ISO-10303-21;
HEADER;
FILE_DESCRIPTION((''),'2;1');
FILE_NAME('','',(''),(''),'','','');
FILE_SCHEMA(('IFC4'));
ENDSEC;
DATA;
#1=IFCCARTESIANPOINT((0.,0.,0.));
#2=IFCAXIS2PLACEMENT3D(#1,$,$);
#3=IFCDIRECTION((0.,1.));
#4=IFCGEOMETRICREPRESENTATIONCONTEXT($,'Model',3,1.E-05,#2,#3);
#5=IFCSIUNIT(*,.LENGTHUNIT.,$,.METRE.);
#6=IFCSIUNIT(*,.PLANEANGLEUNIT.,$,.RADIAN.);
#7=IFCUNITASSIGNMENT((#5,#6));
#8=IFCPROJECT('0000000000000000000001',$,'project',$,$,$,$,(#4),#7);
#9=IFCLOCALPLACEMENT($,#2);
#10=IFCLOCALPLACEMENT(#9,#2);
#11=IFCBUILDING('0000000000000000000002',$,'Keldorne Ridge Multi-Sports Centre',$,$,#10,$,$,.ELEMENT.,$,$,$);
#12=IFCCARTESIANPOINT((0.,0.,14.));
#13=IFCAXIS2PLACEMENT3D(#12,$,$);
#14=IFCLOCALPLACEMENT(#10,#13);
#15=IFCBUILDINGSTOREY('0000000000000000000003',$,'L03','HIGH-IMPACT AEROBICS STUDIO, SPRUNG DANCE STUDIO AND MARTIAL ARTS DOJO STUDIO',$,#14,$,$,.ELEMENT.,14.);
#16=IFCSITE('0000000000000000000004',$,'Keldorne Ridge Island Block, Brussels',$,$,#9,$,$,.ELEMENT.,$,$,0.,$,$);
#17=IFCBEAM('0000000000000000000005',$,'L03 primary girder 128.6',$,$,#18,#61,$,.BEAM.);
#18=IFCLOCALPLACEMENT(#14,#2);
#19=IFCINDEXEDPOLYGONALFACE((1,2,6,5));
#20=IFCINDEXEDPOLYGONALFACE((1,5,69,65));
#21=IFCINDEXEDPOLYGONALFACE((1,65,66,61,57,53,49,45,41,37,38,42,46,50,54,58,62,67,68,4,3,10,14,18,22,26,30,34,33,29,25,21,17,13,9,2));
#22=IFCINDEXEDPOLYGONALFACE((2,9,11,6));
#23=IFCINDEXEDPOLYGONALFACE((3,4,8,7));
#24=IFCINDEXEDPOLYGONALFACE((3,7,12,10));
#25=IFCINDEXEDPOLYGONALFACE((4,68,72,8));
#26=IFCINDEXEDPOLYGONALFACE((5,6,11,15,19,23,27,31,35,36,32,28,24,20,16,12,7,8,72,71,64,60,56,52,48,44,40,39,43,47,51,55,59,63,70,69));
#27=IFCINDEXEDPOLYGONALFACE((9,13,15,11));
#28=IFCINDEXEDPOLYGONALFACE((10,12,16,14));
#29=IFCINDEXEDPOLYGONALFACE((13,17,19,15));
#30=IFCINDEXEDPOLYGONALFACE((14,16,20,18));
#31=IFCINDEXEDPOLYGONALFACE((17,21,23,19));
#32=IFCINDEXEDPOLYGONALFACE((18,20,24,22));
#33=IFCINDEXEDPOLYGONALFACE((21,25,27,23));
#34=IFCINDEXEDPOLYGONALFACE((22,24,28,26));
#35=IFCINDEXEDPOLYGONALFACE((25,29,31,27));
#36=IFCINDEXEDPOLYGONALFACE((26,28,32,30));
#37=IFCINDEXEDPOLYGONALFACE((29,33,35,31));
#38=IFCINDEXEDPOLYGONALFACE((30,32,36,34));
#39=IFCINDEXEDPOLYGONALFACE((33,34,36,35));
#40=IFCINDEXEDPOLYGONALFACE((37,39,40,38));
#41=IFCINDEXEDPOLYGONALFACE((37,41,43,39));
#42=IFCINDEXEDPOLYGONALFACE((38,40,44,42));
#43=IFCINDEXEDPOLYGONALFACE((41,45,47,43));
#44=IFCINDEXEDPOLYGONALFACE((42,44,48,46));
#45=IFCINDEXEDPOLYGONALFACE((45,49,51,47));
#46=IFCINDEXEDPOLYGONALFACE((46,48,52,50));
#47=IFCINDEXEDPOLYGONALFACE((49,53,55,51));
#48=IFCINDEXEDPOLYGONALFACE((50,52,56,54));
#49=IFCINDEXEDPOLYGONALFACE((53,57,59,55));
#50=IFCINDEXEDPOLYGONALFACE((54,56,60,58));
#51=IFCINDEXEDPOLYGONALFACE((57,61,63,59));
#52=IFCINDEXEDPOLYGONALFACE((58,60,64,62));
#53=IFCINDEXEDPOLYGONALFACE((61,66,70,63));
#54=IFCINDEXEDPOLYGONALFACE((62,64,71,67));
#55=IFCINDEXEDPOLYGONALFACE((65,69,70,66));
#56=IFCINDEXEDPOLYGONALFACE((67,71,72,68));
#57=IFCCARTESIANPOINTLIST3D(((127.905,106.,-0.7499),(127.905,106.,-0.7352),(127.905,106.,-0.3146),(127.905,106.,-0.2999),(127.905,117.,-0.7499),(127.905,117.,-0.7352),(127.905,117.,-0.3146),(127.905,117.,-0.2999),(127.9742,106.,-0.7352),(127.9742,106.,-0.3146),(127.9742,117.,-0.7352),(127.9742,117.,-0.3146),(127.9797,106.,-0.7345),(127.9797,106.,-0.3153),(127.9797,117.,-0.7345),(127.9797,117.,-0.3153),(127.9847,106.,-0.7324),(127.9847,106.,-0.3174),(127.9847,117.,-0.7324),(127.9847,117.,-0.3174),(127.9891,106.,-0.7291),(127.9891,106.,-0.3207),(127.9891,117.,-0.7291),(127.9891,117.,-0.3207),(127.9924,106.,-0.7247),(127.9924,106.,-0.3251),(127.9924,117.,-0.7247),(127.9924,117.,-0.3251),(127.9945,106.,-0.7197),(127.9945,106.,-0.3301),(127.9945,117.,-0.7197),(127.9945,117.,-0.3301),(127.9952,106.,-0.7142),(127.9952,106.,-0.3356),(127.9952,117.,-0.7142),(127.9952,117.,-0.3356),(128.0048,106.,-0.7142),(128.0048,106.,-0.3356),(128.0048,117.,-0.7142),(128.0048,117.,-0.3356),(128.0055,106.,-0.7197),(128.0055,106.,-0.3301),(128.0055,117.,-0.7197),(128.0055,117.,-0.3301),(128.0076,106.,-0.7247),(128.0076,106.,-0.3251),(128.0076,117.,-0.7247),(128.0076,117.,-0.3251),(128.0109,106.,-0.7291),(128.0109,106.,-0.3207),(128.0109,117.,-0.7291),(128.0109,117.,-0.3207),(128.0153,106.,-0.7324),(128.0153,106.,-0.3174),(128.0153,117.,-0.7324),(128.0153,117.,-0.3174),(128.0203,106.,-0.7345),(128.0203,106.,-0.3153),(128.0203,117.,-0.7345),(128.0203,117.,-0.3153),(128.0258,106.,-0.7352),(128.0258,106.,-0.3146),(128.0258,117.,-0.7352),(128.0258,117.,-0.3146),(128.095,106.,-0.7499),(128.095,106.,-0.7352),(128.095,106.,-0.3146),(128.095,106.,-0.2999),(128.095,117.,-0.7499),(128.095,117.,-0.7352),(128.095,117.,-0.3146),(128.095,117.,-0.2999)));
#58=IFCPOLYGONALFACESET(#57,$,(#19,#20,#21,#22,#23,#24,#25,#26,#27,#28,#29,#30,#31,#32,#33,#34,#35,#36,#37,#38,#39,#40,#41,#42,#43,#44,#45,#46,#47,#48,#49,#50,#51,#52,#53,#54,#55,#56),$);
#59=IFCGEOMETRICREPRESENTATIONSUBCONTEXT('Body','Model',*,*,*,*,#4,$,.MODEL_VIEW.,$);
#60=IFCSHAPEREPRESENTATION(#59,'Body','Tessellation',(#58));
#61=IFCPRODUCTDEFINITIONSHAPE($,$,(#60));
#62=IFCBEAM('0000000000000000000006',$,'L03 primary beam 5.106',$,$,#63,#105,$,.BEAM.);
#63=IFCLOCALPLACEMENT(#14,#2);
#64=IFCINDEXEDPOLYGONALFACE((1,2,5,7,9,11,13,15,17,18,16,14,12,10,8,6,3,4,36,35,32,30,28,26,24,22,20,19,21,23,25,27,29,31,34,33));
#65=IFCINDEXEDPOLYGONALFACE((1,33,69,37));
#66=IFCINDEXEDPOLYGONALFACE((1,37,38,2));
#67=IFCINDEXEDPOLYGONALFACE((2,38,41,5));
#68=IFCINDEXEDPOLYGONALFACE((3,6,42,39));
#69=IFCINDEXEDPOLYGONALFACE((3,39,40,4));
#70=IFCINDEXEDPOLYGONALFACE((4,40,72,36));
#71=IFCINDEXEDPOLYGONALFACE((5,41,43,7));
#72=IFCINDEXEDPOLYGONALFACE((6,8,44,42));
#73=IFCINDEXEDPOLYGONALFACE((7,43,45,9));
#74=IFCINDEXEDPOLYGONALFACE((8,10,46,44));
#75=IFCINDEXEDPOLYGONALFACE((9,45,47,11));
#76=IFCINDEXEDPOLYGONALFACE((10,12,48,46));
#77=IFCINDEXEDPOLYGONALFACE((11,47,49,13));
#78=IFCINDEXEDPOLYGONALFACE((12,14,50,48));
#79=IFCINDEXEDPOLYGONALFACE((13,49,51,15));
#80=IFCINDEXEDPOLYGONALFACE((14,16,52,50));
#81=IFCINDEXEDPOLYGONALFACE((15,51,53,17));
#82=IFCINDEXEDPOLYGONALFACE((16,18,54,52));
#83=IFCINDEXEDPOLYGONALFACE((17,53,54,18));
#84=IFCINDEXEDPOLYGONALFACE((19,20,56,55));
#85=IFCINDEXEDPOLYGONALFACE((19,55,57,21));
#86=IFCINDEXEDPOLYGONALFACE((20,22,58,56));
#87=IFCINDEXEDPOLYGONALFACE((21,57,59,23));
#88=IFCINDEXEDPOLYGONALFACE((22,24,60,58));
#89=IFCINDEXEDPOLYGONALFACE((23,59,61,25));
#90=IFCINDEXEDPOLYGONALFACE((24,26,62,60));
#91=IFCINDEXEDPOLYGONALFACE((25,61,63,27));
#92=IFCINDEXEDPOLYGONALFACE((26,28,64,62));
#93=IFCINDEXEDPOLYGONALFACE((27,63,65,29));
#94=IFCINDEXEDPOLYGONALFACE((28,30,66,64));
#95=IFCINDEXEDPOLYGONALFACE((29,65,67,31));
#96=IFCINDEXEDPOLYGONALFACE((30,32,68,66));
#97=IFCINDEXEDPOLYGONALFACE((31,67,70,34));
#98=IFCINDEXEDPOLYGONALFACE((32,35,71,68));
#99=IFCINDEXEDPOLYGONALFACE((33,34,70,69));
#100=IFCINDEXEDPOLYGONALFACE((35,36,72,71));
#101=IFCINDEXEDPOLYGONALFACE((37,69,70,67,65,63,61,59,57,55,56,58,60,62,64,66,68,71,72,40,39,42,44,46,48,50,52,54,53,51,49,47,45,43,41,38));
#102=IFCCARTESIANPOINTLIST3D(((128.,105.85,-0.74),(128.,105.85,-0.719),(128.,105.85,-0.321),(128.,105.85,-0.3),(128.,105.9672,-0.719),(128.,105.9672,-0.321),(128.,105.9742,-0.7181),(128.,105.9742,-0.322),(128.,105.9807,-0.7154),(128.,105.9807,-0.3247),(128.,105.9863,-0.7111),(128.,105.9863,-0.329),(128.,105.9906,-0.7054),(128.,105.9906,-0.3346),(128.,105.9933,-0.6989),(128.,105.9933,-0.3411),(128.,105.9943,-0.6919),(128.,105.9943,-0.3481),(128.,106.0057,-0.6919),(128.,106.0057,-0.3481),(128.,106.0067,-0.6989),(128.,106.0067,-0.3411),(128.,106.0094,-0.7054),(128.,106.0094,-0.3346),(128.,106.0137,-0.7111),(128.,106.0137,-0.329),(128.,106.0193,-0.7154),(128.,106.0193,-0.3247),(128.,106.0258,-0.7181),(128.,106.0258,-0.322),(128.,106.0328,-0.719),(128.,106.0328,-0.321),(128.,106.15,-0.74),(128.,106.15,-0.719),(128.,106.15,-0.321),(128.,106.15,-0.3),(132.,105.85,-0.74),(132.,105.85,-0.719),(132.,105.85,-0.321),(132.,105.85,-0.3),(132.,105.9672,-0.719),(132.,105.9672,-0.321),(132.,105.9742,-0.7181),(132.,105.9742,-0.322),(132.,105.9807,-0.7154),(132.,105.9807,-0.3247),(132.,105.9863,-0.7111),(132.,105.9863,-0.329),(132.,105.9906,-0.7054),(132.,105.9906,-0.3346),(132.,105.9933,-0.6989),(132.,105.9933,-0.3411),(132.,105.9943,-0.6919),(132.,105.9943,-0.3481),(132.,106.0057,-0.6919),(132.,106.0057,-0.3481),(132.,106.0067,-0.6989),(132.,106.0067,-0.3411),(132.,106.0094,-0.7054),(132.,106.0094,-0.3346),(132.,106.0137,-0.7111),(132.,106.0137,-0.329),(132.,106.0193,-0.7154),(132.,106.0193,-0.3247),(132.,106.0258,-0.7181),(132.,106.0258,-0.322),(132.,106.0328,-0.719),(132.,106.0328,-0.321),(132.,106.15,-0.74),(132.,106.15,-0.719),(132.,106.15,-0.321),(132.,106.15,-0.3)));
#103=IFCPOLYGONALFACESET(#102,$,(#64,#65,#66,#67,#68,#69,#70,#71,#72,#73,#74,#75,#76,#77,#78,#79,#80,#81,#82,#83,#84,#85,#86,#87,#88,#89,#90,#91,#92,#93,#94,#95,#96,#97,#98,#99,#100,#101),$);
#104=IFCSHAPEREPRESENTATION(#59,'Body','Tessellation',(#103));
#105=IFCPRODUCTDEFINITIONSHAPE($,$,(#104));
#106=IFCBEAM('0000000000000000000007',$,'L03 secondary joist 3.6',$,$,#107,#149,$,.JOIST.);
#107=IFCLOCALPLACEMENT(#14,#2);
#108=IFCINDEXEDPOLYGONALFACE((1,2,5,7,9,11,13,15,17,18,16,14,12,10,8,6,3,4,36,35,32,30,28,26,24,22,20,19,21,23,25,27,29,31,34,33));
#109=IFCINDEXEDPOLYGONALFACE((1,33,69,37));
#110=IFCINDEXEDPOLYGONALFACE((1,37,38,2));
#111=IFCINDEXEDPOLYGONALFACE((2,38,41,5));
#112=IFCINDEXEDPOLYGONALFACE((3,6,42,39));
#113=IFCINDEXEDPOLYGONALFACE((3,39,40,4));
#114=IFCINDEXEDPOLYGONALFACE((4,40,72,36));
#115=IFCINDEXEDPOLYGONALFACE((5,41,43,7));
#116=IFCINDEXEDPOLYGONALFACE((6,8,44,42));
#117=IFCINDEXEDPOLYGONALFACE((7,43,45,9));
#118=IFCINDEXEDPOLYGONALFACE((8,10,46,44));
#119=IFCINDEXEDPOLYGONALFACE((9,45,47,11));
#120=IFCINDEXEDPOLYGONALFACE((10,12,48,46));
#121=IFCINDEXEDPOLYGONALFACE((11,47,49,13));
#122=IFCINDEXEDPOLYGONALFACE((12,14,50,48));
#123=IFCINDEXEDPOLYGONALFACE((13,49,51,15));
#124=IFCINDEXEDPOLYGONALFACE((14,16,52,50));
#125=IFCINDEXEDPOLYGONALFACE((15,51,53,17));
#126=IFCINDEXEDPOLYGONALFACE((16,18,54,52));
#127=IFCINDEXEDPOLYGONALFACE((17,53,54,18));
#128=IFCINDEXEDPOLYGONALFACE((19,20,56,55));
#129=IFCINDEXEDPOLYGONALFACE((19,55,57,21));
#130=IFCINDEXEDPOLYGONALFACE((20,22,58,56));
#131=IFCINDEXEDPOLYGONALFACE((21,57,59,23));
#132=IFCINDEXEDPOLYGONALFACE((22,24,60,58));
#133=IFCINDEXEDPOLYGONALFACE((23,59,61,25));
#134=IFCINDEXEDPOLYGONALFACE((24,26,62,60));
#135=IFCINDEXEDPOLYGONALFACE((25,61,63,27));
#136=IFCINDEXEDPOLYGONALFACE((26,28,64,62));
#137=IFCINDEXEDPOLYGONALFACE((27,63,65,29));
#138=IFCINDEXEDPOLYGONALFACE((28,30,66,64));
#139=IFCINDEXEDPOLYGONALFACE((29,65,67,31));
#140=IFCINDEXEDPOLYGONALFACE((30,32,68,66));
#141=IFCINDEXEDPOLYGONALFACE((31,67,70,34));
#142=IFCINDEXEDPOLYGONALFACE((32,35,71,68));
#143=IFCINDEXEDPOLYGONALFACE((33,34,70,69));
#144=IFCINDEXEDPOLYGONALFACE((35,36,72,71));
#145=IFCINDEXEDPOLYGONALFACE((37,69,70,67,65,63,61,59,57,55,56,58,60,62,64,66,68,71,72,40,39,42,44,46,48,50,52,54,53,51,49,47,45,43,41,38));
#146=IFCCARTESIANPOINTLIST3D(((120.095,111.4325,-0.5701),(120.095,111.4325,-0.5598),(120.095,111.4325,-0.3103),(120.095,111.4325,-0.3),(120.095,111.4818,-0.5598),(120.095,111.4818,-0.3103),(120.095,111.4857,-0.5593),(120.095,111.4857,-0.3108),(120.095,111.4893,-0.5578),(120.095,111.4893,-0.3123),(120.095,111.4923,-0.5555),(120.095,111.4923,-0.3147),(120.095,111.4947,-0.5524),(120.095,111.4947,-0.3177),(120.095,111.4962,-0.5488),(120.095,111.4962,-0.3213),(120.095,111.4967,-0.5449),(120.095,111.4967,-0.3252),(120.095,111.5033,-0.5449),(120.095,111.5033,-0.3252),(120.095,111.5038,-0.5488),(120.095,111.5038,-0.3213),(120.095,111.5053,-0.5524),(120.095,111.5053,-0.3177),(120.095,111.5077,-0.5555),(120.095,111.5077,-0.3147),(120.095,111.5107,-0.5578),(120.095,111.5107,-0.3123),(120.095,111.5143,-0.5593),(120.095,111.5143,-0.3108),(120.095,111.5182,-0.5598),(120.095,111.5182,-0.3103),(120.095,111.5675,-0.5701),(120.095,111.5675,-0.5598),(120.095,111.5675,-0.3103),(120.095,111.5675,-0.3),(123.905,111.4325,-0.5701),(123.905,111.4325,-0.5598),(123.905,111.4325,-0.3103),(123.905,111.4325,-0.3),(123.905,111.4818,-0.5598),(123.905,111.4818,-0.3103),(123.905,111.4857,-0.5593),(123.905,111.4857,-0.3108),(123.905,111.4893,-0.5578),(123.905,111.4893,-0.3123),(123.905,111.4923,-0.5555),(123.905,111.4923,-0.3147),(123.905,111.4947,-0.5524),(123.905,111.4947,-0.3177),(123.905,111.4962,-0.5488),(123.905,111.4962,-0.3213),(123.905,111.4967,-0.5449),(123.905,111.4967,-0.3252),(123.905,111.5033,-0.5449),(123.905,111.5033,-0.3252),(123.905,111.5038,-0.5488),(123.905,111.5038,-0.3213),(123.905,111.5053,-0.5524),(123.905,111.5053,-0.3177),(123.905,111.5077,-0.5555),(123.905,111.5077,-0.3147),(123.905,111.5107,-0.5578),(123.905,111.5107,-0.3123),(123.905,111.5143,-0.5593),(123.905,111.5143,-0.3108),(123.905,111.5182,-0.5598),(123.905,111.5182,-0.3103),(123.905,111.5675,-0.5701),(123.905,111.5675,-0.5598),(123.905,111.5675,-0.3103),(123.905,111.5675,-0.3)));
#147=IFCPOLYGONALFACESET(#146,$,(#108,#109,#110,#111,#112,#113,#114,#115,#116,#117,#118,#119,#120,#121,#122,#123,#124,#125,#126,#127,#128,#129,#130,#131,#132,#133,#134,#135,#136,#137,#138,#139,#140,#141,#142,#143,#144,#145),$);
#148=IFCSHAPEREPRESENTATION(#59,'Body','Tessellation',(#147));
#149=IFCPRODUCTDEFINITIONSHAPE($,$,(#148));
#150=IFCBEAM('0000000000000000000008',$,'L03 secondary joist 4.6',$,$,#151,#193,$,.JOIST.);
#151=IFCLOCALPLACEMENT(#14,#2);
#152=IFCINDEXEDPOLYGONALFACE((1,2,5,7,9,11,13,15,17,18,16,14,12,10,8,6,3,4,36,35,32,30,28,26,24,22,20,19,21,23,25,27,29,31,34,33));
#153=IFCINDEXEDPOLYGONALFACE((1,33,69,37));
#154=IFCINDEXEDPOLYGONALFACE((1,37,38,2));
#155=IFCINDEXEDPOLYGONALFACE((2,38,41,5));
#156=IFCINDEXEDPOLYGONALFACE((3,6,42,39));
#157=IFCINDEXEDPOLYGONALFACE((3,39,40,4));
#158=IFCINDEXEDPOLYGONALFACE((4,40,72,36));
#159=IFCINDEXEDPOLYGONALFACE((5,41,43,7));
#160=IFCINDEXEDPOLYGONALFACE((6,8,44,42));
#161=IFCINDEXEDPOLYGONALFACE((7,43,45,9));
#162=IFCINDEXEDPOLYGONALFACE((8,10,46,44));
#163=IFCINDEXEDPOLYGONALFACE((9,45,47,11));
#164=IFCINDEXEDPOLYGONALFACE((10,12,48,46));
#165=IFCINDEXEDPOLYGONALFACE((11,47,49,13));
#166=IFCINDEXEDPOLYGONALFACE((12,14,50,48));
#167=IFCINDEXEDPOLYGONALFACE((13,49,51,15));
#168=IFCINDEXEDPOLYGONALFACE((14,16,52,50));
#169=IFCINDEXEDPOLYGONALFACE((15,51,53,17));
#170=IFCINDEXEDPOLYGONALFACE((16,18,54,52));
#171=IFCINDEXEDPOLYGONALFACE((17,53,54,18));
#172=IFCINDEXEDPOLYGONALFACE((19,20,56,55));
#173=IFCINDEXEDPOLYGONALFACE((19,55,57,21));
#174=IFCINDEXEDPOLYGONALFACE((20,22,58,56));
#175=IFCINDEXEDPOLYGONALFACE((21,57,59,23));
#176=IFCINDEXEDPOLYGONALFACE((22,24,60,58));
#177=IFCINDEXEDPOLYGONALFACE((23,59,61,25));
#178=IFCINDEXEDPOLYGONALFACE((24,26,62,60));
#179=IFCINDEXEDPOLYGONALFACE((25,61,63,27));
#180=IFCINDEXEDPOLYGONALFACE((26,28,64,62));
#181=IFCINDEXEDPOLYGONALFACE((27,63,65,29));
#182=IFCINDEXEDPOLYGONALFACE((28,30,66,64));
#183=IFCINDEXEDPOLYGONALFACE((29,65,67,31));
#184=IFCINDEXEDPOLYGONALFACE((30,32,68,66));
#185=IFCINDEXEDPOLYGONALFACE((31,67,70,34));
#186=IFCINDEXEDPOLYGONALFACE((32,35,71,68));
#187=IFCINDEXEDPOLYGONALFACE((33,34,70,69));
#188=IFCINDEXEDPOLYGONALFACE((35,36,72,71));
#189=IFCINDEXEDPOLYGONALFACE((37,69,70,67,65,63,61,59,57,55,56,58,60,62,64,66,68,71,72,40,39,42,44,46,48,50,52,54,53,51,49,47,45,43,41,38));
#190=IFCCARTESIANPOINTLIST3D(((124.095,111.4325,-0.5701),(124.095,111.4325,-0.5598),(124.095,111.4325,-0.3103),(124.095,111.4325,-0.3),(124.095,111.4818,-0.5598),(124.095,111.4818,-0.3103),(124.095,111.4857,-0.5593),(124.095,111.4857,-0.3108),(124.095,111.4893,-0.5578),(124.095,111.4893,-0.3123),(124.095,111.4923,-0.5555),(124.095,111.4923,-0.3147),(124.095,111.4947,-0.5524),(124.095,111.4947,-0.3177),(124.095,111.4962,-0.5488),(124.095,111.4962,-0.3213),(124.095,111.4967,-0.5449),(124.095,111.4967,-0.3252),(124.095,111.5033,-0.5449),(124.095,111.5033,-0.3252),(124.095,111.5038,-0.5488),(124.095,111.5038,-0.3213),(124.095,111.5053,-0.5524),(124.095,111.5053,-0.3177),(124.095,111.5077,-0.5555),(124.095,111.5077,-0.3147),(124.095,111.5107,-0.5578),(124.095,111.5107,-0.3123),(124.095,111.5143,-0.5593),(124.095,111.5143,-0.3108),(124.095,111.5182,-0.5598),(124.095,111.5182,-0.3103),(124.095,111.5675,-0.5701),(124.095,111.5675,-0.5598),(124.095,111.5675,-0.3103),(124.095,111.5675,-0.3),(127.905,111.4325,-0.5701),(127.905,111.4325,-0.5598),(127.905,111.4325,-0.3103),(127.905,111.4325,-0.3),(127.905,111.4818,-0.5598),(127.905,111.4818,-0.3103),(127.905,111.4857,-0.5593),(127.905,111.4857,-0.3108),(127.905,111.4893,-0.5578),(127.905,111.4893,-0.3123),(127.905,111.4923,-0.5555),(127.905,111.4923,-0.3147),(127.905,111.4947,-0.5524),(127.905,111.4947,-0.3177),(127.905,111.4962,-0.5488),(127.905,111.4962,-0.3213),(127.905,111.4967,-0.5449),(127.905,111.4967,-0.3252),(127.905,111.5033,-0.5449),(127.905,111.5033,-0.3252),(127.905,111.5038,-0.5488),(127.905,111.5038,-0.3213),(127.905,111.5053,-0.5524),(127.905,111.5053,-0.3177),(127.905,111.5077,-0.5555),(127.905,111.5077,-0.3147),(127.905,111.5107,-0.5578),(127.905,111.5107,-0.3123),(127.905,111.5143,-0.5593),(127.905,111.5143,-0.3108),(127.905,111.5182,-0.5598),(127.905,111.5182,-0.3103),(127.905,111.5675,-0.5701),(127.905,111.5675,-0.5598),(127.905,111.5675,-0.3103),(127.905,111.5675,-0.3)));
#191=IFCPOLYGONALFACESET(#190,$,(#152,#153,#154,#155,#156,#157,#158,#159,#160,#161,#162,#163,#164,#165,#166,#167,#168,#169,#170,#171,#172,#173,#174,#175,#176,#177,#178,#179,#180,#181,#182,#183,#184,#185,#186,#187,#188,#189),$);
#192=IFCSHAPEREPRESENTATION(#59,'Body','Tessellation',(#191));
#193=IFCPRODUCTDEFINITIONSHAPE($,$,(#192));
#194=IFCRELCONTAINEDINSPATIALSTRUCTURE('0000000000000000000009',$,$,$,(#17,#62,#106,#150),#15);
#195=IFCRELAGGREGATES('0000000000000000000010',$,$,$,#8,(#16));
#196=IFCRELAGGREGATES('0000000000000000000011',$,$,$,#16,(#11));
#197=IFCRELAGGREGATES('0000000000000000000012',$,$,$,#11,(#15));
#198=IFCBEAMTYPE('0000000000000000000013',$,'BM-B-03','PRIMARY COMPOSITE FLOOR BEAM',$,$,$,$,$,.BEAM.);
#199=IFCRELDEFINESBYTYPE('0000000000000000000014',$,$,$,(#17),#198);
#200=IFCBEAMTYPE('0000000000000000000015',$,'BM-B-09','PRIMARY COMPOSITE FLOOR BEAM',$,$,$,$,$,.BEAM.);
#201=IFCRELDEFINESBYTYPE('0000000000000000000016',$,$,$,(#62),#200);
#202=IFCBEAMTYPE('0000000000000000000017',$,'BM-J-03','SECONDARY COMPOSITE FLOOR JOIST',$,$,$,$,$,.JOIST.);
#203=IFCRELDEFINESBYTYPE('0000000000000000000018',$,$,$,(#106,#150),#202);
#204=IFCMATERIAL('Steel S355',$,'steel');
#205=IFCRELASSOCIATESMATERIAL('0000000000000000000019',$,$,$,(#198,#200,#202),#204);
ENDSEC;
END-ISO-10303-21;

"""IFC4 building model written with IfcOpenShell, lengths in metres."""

from ifc_helpers import new_model, si_unit, direction, frame, origin, origin_2d, place, context, subcontext, project, spatial, i_section, extrude, material, material_profile, profile_set, type_object, element, save


model = new_model("IFC4")

# Units and contexts
model_context = context("Model", 3, precision=1e-05, world=origin(), true_north=direction((0.0, 1.0)))
body_context = subcontext(model_context, "Body", "Model", "MODEL_VIEW")
ifc_project = project(units=[si_unit("LENGTHUNIT", "METRE"), si_unit("PLANEANGLEUNIT", "RADIAN")], contexts=[model_context])

# Site, building, storey
site_placement = place(None, origin())
site = spatial("IfcSite", under=ifc_project, at=site_placement, Name="Keldorne Ridge Island Block, Brussels", CompositionType="ELEMENT", RefElevation=0.0)
building_placement = place(site_placement, origin())
building = spatial("IfcBuilding", under=site, at=building_placement, Name="Keldorne Ridge Multi-Sports Centre", CompositionType="ELEMENT")
storey_placement = place(building_placement, frame((0.0, 0.0, 14.0)))
storey = spatial("IfcBuildingStorey", under=building, at=storey_placement, Name="L03", Description="HIGH-IMPACT AEROBICS STUDIO, SPRUNG DANCE STUDIO AND MARTIAL ARTS DOJO STUDIO", CompositionType="ELEMENT", Elevation=14.0)

# Shared definitions
ifc_material_1 = material(Name="Steel S355", Category="steel")

# Beams
ifc_material_profile_1 = material_profile(ifc_material_1, i_section(OverallWidth=0.1899, OverallDepth=0.45, WebThickness=0.0095, FlangeThickness=0.0146, FilletRadius=0.021, at=origin_2d()), Name="IPE 450")
ifc_profile_set_1 = profile_set([ifc_material_profile_1], Name="Steel S355")
beam_type_1 = type_object("IfcBeamType", Name="BM-B-03", Description="PRIMARY COMPOSITE FLOOR BEAM", PredefinedType="BEAM", material=ifc_profile_set_1)
for number, where, z_axis, x_axis, name in (
    (1, (128.0, 106.0, -0.5249), (0.0, 1.0, 0.0), (-1.0, 0.0, 0.0), "L03 primary girder 128.6"),
):
    element("IfcBeam", number, at=place(storey_placement, frame(where, z_axis=z_axis, x_axis=x_axis)), inside=storey, type_object=beam_type_1, Name=name, PredefinedType="BEAM", context=body_context, shape_type="SweptSolid", body=[
        extrude(i_section(OverallWidth=0.1899, OverallDepth=0.45, WebThickness=0.0095, FlangeThickness=0.0146, FilletRadius=0.021, at=origin_2d()), origin(), (0.0, 0.0, 1.0), 11.0),
    ])
ifc_material_profile_2 = material_profile(ifc_material_1, i_section(OverallWidth=0.3, OverallDepth=0.4399, WebThickness=0.0115, FlangeThickness=0.021, FilletRadius=0.0271, at=origin_2d()), Name="HEA 450")
ifc_profile_set_2 = profile_set([ifc_material_profile_2], Name="Steel S355")
beam_type_2 = type_object("IfcBeamType", Name="BM-B-09", Description="PRIMARY COMPOSITE FLOOR BEAM", PredefinedType="BEAM", material=ifc_profile_set_2)
beam_placement = place(storey_placement, frame((128.0, 106.0, -0.52), z_axis=(1.0, 0.0, 0.0), x_axis=(0.0, 1.0, 0.0)))
element("IfcBeam", 2, at=beam_placement, inside=storey, type_object=beam_type_2, Name="L03 primary beam 5.106", PredefinedType="BEAM", context=body_context, shape_type="SweptSolid", body=[
    extrude(i_section(OverallWidth=0.3, OverallDepth=0.4399, WebThickness=0.0115, FlangeThickness=0.021, FilletRadius=0.0271, at=origin_2d()), origin(), (0.0, 0.0, 1.0), 4.0),
])
ifc_material_profile_3 = material_profile(ifc_material_1, i_section(OverallWidth=0.135, OverallDepth=0.27, WebThickness=0.0066, FlangeThickness=0.0103, FilletRadius=0.0149, at=origin_2d()), Name="IPE 270")
ifc_profile_set_3 = profile_set([ifc_material_profile_3], Name="Steel S355")
beam_type_3 = type_object("IfcBeamType", Name="BM-J-03", Description="SECONDARY COMPOSITE FLOOR JOIST", PredefinedType="JOIST", material=ifc_profile_set_3)
for number, where, z_axis, x_axis, name in (
    (3, (120.095, 111.5, -0.4351), (1.0, 0.0, 0.0), (0.0, 1.0, 0.0), "L03 secondary joist 3.6"),
    (4, (124.095, 111.5, -0.4351), (1.0, 0.0, 0.0), (0.0, 1.0, 0.0), "L03 secondary joist 4.6"),
):
    element("IfcBeam", number, at=place(storey_placement, frame(where, z_axis=z_axis, x_axis=x_axis)), inside=storey, type_object=beam_type_3, Name=name, PredefinedType="JOIST", context=body_context, shape_type="SweptSolid", body=[
        extrude(i_section(OverallWidth=0.135, OverallDepth=0.27, WebThickness=0.0066, FlangeThickness=0.0103, FilletRadius=0.0149, at=origin_2d()), origin(), (0.0, 0.0, 1.0), 3.8101),
    ])

save(model, "model.ifc")
